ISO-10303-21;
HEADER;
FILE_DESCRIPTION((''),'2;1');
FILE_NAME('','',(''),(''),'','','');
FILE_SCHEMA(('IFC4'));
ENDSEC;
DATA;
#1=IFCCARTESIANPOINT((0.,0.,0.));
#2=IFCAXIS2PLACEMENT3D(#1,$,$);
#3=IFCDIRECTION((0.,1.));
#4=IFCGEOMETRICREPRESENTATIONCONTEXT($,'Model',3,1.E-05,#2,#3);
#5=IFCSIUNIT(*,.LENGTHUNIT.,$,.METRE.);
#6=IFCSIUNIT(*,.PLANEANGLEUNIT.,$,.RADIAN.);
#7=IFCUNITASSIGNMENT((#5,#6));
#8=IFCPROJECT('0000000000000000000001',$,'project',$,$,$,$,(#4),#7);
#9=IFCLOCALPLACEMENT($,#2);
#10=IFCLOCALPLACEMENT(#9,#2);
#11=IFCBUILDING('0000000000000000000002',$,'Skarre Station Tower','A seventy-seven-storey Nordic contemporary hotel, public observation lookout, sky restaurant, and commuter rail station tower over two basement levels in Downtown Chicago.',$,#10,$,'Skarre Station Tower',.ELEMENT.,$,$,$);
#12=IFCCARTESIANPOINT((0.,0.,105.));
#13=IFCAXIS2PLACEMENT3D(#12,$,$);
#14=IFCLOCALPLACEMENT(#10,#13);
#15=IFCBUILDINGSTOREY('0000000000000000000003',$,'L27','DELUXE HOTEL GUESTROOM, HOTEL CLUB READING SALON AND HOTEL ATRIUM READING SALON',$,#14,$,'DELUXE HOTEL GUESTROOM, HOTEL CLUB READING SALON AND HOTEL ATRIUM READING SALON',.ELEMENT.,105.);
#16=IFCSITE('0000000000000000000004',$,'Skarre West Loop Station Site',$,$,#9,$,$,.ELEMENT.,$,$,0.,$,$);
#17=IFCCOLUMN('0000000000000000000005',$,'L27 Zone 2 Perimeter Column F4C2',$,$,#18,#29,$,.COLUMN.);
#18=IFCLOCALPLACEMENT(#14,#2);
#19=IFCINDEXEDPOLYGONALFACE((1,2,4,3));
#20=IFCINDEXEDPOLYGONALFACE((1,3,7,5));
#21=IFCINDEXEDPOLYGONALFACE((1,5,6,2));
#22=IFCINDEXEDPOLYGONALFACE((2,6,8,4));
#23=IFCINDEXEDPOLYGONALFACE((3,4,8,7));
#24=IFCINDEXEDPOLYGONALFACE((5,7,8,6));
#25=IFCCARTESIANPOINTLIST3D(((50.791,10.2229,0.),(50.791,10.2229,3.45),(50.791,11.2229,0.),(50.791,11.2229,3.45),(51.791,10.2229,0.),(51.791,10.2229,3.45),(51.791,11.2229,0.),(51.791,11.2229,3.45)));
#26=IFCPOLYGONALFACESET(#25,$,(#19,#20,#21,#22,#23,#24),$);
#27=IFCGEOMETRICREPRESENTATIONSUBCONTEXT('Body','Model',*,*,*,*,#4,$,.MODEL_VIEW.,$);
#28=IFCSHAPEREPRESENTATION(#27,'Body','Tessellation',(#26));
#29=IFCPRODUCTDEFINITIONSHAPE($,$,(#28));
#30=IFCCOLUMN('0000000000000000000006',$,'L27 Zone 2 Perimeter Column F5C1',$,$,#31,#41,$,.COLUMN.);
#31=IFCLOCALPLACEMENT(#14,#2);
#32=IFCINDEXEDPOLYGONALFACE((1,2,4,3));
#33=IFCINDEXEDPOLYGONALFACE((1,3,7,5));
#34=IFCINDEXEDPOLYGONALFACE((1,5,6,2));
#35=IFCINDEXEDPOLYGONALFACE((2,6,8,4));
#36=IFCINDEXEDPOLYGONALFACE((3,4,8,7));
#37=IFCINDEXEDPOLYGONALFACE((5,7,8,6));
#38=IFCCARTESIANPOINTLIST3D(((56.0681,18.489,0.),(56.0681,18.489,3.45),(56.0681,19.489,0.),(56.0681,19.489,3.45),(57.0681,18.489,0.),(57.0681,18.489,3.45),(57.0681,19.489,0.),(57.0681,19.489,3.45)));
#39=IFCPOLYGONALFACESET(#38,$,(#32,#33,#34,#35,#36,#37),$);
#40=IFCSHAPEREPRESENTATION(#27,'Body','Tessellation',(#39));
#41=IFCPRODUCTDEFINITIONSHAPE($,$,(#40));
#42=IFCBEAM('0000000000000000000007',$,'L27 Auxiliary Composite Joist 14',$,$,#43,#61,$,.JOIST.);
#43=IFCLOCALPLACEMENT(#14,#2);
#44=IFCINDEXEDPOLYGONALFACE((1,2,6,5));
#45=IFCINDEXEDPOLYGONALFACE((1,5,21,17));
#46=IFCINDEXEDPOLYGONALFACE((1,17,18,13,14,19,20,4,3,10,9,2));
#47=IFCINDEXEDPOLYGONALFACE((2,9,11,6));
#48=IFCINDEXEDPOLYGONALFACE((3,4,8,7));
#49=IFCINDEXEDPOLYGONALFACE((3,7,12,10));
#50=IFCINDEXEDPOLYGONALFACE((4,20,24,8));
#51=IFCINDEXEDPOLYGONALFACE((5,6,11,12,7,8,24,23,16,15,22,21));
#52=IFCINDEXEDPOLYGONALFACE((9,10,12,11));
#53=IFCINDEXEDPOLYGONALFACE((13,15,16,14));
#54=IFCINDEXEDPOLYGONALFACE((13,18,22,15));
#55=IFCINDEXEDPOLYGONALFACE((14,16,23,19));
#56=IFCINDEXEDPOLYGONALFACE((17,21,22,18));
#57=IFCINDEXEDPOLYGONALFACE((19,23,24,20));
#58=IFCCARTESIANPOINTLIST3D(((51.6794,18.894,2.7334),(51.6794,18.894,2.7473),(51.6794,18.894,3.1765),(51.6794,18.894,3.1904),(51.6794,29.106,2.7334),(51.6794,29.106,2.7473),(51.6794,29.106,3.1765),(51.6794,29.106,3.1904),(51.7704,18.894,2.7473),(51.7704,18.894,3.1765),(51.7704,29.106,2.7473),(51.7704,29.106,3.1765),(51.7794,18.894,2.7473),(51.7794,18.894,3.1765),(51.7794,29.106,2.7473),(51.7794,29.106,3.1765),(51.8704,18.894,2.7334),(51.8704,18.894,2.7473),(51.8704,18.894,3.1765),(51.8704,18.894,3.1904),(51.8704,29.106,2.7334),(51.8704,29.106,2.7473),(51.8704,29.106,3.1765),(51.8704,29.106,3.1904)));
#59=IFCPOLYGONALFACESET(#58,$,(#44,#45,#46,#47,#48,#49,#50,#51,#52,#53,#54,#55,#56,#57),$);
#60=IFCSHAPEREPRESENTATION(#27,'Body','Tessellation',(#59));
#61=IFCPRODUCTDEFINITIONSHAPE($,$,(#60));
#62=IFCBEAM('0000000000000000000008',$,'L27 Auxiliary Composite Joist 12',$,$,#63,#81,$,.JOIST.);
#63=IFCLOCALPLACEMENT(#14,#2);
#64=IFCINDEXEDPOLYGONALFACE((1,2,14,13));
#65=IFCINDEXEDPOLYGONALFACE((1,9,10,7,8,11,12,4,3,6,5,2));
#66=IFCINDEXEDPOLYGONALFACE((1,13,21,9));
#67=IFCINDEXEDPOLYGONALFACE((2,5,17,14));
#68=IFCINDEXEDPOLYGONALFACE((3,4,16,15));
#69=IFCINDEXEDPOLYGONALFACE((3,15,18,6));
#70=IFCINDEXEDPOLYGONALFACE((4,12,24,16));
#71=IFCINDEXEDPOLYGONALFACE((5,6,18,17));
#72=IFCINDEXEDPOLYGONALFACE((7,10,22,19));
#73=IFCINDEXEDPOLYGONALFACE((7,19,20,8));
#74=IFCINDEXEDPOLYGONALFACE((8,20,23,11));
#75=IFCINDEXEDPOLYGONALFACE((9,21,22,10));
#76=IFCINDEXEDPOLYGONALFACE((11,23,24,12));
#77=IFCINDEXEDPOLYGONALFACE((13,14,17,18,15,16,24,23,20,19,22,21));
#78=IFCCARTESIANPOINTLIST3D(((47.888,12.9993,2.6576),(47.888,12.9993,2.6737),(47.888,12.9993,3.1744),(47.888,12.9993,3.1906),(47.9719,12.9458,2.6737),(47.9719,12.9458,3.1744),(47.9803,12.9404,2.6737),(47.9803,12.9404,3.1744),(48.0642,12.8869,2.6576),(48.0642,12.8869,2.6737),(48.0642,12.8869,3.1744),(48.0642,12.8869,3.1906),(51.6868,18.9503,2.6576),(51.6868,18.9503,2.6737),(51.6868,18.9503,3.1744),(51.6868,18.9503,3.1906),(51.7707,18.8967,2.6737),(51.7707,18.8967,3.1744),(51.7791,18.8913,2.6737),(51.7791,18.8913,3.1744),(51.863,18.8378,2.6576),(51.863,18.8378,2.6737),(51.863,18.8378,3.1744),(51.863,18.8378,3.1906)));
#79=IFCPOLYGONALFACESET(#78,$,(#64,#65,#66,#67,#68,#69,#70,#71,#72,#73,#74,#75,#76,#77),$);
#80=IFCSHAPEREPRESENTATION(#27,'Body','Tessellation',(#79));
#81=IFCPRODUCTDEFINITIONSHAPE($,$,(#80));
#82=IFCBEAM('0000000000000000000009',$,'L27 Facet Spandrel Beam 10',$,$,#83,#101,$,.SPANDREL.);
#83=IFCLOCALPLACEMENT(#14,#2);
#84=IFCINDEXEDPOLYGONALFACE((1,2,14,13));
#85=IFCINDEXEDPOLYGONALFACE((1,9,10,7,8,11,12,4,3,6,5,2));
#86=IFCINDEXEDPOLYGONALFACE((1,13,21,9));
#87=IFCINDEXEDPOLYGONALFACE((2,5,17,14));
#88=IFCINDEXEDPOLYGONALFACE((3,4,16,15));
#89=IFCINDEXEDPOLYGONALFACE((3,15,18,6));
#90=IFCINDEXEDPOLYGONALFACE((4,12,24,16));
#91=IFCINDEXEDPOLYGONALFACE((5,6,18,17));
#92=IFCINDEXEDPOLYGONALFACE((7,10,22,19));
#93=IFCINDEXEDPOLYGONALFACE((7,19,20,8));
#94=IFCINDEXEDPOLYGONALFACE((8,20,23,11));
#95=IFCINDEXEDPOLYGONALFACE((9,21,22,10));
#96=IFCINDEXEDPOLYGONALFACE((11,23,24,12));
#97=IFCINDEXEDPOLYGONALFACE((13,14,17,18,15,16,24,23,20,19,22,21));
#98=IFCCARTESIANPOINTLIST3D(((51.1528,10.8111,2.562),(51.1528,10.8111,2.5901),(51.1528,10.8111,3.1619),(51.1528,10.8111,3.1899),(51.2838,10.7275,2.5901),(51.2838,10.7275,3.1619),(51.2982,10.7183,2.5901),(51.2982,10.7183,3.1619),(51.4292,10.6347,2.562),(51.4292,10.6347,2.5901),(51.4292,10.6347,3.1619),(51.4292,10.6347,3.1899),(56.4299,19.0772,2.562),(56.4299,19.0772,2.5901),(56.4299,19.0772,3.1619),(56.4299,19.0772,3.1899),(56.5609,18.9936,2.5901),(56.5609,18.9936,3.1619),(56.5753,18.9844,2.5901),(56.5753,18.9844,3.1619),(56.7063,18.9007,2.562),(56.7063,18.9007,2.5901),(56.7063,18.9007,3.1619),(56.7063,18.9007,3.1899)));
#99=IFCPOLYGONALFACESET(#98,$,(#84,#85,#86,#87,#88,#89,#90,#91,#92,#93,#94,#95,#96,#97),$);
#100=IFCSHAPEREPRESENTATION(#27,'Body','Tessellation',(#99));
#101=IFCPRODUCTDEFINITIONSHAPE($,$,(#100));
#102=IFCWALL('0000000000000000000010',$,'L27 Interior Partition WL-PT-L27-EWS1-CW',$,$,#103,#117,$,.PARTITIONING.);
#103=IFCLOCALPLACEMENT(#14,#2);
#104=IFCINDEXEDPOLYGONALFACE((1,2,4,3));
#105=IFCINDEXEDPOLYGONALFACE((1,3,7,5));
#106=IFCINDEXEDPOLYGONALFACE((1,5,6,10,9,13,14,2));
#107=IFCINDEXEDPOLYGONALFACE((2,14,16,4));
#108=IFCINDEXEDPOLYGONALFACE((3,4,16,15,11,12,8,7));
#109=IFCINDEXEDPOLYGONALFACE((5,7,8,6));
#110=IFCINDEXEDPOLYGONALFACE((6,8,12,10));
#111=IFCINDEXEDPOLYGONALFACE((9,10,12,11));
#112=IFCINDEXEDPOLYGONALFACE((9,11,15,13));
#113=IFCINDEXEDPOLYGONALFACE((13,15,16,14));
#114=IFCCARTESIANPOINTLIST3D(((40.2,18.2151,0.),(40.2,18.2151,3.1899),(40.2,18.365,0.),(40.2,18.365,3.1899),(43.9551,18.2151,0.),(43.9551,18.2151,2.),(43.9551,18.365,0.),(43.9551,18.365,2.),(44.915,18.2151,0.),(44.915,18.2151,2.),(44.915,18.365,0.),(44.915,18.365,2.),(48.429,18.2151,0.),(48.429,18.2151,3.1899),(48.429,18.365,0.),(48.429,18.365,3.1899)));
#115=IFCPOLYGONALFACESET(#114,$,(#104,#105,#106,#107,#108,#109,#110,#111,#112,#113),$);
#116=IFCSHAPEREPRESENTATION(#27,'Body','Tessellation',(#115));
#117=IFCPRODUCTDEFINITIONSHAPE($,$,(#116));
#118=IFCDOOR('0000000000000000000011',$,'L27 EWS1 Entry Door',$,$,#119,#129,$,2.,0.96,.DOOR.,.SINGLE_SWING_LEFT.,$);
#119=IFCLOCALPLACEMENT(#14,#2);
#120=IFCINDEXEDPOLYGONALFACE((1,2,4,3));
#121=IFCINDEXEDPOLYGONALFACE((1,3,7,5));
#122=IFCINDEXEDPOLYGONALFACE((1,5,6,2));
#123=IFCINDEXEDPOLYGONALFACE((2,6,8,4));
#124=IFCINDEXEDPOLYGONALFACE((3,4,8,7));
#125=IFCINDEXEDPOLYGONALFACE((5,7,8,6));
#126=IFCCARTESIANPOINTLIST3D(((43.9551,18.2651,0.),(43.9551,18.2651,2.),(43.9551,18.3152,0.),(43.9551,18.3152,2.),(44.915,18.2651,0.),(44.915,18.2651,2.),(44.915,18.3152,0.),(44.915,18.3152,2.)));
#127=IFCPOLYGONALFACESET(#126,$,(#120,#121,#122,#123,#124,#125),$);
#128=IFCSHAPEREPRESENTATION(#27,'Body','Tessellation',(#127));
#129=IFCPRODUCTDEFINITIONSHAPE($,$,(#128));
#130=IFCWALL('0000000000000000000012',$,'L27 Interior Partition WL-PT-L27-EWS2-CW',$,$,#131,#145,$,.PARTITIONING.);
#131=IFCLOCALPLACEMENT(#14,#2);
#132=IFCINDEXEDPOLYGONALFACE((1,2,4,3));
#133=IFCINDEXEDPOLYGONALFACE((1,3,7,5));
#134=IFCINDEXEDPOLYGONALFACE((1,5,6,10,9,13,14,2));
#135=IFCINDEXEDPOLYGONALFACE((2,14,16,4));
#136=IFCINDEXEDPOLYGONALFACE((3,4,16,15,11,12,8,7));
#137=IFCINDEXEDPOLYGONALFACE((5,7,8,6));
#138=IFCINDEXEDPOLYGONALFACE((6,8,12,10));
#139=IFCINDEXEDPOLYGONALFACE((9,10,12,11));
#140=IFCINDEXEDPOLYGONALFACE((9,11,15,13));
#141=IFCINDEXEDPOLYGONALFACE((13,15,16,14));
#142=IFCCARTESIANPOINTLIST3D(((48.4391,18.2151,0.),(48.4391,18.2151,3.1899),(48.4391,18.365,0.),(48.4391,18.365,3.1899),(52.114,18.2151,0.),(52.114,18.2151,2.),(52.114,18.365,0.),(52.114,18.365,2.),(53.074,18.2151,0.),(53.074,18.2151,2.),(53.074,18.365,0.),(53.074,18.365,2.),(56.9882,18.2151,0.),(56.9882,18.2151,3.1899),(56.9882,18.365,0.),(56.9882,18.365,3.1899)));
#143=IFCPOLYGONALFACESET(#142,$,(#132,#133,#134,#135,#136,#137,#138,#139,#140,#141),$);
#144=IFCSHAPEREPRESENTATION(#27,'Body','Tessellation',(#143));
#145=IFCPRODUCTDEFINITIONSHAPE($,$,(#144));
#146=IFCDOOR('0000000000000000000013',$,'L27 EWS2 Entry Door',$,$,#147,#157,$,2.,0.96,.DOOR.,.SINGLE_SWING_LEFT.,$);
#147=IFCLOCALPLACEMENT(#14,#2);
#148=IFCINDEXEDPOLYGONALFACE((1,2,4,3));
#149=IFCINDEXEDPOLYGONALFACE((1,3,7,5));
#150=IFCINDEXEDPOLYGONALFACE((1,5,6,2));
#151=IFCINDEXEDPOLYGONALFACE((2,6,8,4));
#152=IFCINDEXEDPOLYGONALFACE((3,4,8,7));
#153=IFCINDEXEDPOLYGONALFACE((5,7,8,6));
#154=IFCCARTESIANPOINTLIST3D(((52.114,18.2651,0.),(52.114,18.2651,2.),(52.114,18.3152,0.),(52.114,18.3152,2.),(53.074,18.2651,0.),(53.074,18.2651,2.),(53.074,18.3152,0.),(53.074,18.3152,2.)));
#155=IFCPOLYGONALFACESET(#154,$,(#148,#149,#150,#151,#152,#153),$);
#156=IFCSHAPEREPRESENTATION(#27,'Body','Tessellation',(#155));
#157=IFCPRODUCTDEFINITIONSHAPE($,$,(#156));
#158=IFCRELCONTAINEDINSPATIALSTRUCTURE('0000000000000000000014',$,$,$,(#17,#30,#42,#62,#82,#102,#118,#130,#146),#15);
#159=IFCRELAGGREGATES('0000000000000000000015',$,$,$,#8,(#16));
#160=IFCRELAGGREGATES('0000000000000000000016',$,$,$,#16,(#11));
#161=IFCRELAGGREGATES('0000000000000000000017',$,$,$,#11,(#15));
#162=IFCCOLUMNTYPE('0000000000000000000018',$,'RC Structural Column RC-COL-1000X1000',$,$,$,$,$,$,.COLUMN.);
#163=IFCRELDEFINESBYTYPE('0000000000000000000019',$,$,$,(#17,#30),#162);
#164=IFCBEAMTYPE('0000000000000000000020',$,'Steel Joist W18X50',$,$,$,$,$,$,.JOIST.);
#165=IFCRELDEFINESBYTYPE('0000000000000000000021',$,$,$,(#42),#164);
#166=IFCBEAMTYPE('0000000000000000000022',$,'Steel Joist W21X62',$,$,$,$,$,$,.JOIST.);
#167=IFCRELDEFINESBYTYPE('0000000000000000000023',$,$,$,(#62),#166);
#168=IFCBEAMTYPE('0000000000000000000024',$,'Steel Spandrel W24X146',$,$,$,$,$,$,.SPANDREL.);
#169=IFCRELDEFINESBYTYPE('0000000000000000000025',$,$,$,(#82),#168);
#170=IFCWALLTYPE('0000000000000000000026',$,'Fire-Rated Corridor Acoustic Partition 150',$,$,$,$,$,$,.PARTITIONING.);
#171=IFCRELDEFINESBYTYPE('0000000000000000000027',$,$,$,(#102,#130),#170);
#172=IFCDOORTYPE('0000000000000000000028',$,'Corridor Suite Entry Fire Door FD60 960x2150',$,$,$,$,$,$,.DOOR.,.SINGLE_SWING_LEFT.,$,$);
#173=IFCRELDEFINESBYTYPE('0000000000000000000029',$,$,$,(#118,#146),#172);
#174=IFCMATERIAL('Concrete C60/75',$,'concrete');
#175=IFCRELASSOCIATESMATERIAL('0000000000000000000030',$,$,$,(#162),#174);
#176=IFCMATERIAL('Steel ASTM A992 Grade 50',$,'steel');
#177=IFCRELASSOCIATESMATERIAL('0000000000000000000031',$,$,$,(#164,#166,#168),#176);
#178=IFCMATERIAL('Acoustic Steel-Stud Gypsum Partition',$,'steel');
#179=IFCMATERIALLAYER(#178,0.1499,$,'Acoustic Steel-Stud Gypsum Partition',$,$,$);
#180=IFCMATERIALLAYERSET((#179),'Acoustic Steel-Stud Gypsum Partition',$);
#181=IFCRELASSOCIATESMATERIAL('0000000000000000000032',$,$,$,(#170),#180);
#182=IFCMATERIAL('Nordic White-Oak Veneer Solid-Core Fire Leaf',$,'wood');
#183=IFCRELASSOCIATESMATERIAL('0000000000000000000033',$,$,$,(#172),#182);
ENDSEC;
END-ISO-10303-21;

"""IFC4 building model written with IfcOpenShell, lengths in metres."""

from ifc_helpers import new_model, si_unit, direction, frame, frame_2d, origin, origin_2d, place, context, subcontext, project, spatial, rectangle, i_section, extrude, material, layer, layer_set, material_profile, profile_set, type_object, element, fill, save


model = new_model("IFC4")

# Units and contexts
model_context = context("Model", 3, precision=1e-05, world=origin(), true_north=direction((0.0, 1.0)))
body_context = subcontext(model_context, "Body", "Model", "MODEL_VIEW")
ifc_project = project(units=[si_unit("LENGTHUNIT", "METRE"), si_unit("PLANEANGLEUNIT", "RADIAN")], contexts=[model_context])

# Site, building, storey
site_placement = place(None, origin())
site = spatial("IfcSite", under=ifc_project, at=site_placement, Name="Skarre West Loop Station Site", CompositionType="ELEMENT", RefElevation=0.0)
building_placement = place(site_placement, origin())
building = spatial("IfcBuilding", under=site, at=building_placement, Name="Skarre Station Tower", Description="A seventy-seven-storey Nordic contemporary hotel, public observation lookout, sky restaurant, and commuter rail station tower over two basement levels in Downtown Chicago.", LongName="Skarre Station Tower", CompositionType="ELEMENT")
storey_placement = place(building_placement, frame((0.0, 0.0, 105.0)))
storey = spatial("IfcBuildingStorey", under=building, at=storey_placement, Name="L27", Description="DELUXE HOTEL GUESTROOM, HOTEL CLUB READING SALON AND HOTEL ATRIUM READING SALON", LongName="DELUXE HOTEL GUESTROOM, HOTEL CLUB READING SALON AND HOTEL ATRIUM READING SALON", CompositionType="ELEMENT", Elevation=105.0)

# Columns
ifc_material_1 = material(Name="Concrete C60/75", Category="concrete")
ifc_material_profile_1 = material_profile(ifc_material_1, rectangle(XDim=1.0, YDim=1.0, at=origin_2d()), Name="Concrete C60/75")
ifc_profile_set_1 = profile_set([ifc_material_profile_1], Name="Concrete C60/75")
column_type = type_object("IfcColumnType", Name="RC Structural Column RC-COL-1000X1000", PredefinedType="COLUMN", material=ifc_profile_set_1)
for number, where, z_axis, x_axis, name in (
    (1, (51.291, 10.7229, 0.0), (0.0, 0.0, 1.0), (1.0, 0.0, 0.0), "L27 Zone 2 Perimeter Column F4C2"),
    (2, (56.5681, 18.989, 0.0), (0.0, 0.0, 1.0), (1.0, 0.0, 0.0), "L27 Zone 2 Perimeter Column F5C1"),
):
    element("IfcColumn", number, at=place(storey_placement, frame(where, z_axis=z_axis, x_axis=x_axis)), inside=storey, type_object=column_type, Name=name, PredefinedType="COLUMN", context=body_context, shape_type="SweptSolid", body=[
        extrude(rectangle(XDim=1.0, YDim=1.0, at=origin_2d()), origin(), (0.0, 0.0, 1.0), 3.45),
    ])

# Beams
ifc_material_2 = material(Name="Steel ASTM A992 Grade 50", Category="steel")
ifc_material_profile_2 = material_profile(ifc_material_2, i_section(OverallWidth=0.1909, OverallDepth=0.457, WebThickness=0.009, FlangeThickness=0.0139, at=origin_2d()), Name="Steel ASTM A992 Grade 50")
ifc_profile_set_2 = profile_set([ifc_material_profile_2], Name="Steel ASTM A992 Grade 50")
beam_type_1 = type_object("IfcBeamType", Name="Steel Joist W18X50", PredefinedType="JOIST", material=ifc_profile_set_2)
beam_1_placement = place(storey_placement, frame((51.7749, 18.894, 2.9619), z_axis=(0.0, 1.0, 0.0), x_axis=(-1.0, 0.0, 0.0)))
element("IfcBeam", 3, at=beam_1_placement, inside=storey, type_object=beam_type_1, Name="L27 Auxiliary Composite Joist 14", PredefinedType="JOIST", context=body_context, shape_type="SweptSolid", body=[
    extrude(i_section(OverallWidth=0.1909, OverallDepth=0.457, WebThickness=0.009, FlangeThickness=0.0139, at=origin_2d()), origin(), (0.0, 0.0, 1.0), 10.2119),
])
ifc_material_profile_3 = material_profile(ifc_material_2, i_section(OverallWidth=0.209, OverallDepth=0.533, WebThickness=0.01, FlangeThickness=0.0161, at=origin_2d()), Name="Steel ASTM A992 Grade 50")
ifc_profile_set_3 = profile_set([ifc_material_profile_3], Name="Steel ASTM A992 Grade 50")
beam_type_2 = type_object("IfcBeamType", Name="Steel Joist W21X62", PredefinedType="JOIST", material=ifc_profile_set_3)
beam_2_placement = place(storey_placement, frame((47.9761, 12.9431, 2.9241), z_axis=(0.538072, 0.842899, 0.0), x_axis=(-0.842899, 0.538072, 0.0)))
element("IfcBeam", 4, at=beam_2_placement, inside=storey, type_object=beam_type_2, Name="L27 Auxiliary Composite Joist 12", PredefinedType="JOIST", context=body_context, shape_type="SweptSolid", body=[
    extrude(i_section(OverallWidth=0.209, OverallDepth=0.533, WebThickness=0.01, FlangeThickness=0.0161, at=origin_2d()), origin(), (0.0, 0.0, 1.0), 7.0601),
])
ifc_material_profile_4 = material_profile(ifc_material_2, i_section(OverallWidth=0.3279, OverallDepth=0.6279, WebThickness=0.0171, FlangeThickness=0.0281, at=origin_2d()), Name="Steel ASTM A992 Grade 50")
ifc_profile_set_4 = profile_set([ifc_material_profile_4], Name="Steel ASTM A992 Grade 50")
beam_type_3 = type_object("IfcBeamType", Name="Steel Spandrel W24X146", PredefinedType="SPANDREL", material=ifc_profile_set_4)
beam_3_placement = place(storey_placement, frame((51.291, 10.7229, 2.876), z_axis=(0.538098, 0.842883, 0.0), x_axis=(-0.842883, 0.538098, 0.0)))
element("IfcBeam", 5, at=beam_3_placement, inside=storey, type_object=beam_type_3, Name="L27 Facet Spandrel Beam 10", PredefinedType="SPANDREL", context=body_context, shape_type="SweptSolid", body=[
    extrude(i_section(OverallWidth=0.3279, OverallDepth=0.6279, WebThickness=0.0171, FlangeThickness=0.0281, at=origin_2d()), origin(), (0.0, 0.0, 1.0), 9.8069),
])

# Walls, openings, doors
ifc_material_3 = material(Name="Acoustic Steel-Stud Gypsum Partition", Category="steel")
ifc_layer_1 = layer(ifc_material_3, 0.1499, Name="Acoustic Steel-Stud Gypsum Partition")
ifc_layer_set_1 = layer_set([ifc_layer_1], Name="Acoustic Steel-Stud Gypsum Partition")
wall_type_1 = type_object("IfcWallType", Name="Fire-Rated Corridor Acoustic Partition 150", PredefinedType="PARTITIONING", material=ifc_layer_set_1)
wall_1_placement = place(storey_placement, frame((48.429, 18.29, 0.0), z_axis=(0.0, 0.0, 1.0), x_axis=(-1.0, 0.0, 0.0)))
wall_1 = element("IfcWall", 6, at=wall_1_placement, inside=storey, type_object=wall_type_1, Name="L27 Interior Partition WL-PT-L27-EWS1-CW", PredefinedType="PARTITIONING", context=body_context, shape_type="SweptSolid", body=[
    extrude(rectangle(XDim=8.229, YDim=0.1499, at=frame_2d((4.1145, 0.0))), origin(), (0.0, 0.0, 1.0), 3.1899),
])
opening_1_placement = place(wall_1_placement, frame((3.5139, 0.0, 0.0)))
opening_1 = element("IfcOpeningElement", 7, at=opening_1_placement, cuts=wall_1, PredefinedType="OPENING", context=body_context, shape_type="SweptSolid", body=[
    extrude(rectangle(XDim=0.96, YDim=2.0, at=frame_2d((0.48, 1.0))), frame((0.0, 0.085, 0.0), z_axis=(0.0, -1.0, 0.0), x_axis=(1.0, 0.0, 0.0)), (0.0, 0.0, 1.0), 0.1699),
])
ifc_material_4 = material(Name="Nordic White-Oak Veneer Solid-Core Fire Leaf", Category="wood")
door_type_1 = type_object("IfcDoorType", Name="Corridor Suite Entry Fire Door FD60 960x2150", OperationType="SINGLE_SWING_LEFT", PredefinedType="DOOR", material=ifc_material_4)
door_1_placement = place(opening_1_placement, origin())
door_1 = element("IfcDoor", 8, at=door_1_placement, inside=storey, type_object=door_type_1, Name="L27 EWS1 Entry Door", OperationType="SINGLE_SWING_LEFT", OverallHeight=2.0, OverallWidth=0.96, PredefinedType="DOOR", context=body_context, shape_type="SweptSolid", body=[
    extrude(rectangle(XDim=0.96, YDim=2.0, at=frame_2d((0.48, 1.0))), frame((0.0, 0.0249, 0.0), z_axis=(0.0, -1.0, 0.0), x_axis=(1.0, 0.0, 0.0)), (0.0, 0.0, 1.0), 0.05),
])
fill(opening_1, door_1)
wall_2_placement = place(storey_placement, frame((56.988, 18.29, 0.0), z_axis=(0.0, 0.0, 1.0), x_axis=(-1.0, 0.0, 0.0)))
wall_2 = element("IfcWall", 9, at=wall_2_placement, inside=storey, type_object=wall_type_1, Name="L27 Interior Partition WL-PT-L27-EWS2-CW", PredefinedType="PARTITIONING", context=body_context, shape_type="SweptSolid", body=[
    extrude(rectangle(XDim=8.5491, YDim=0.1499, at=frame_2d((4.2744, 0.0))), origin(), (0.0, 0.0, 1.0), 3.1899),
])
opening_2_placement = place(wall_2_placement, frame((3.9141, 0.0, 0.0)))
opening_2 = element("IfcOpeningElement", 10, at=opening_2_placement, cuts=wall_2, PredefinedType="OPENING", context=body_context, shape_type="SweptSolid", body=[
    extrude(rectangle(XDim=0.96, YDim=2.0, at=frame_2d((0.48, 1.0))), frame((0.0, 0.085, 0.0), z_axis=(0.0, -1.0, 0.0), x_axis=(1.0, 0.0, 0.0)), (0.0, 0.0, 1.0), 0.1699),
])
door_2_placement = place(opening_2_placement, origin())
door_2 = element("IfcDoor", 11, at=door_2_placement, inside=storey, type_object=door_type_1, Name="L27 EWS2 Entry Door", OperationType="SINGLE_SWING_LEFT", OverallHeight=2.0, OverallWidth=0.96, PredefinedType="DOOR", context=body_context, shape_type="SweptSolid", body=[
    extrude(rectangle(XDim=0.96, YDim=2.0, at=frame_2d((0.48, 1.0))), frame((0.0, 0.0249, 0.0), z_axis=(0.0, -1.0, 0.0), x_axis=(1.0, 0.0, 0.0)), (0.0, 0.0, 1.0), 0.05),
])
fill(opening_2, door_2)

save(model, "model.ifc")
